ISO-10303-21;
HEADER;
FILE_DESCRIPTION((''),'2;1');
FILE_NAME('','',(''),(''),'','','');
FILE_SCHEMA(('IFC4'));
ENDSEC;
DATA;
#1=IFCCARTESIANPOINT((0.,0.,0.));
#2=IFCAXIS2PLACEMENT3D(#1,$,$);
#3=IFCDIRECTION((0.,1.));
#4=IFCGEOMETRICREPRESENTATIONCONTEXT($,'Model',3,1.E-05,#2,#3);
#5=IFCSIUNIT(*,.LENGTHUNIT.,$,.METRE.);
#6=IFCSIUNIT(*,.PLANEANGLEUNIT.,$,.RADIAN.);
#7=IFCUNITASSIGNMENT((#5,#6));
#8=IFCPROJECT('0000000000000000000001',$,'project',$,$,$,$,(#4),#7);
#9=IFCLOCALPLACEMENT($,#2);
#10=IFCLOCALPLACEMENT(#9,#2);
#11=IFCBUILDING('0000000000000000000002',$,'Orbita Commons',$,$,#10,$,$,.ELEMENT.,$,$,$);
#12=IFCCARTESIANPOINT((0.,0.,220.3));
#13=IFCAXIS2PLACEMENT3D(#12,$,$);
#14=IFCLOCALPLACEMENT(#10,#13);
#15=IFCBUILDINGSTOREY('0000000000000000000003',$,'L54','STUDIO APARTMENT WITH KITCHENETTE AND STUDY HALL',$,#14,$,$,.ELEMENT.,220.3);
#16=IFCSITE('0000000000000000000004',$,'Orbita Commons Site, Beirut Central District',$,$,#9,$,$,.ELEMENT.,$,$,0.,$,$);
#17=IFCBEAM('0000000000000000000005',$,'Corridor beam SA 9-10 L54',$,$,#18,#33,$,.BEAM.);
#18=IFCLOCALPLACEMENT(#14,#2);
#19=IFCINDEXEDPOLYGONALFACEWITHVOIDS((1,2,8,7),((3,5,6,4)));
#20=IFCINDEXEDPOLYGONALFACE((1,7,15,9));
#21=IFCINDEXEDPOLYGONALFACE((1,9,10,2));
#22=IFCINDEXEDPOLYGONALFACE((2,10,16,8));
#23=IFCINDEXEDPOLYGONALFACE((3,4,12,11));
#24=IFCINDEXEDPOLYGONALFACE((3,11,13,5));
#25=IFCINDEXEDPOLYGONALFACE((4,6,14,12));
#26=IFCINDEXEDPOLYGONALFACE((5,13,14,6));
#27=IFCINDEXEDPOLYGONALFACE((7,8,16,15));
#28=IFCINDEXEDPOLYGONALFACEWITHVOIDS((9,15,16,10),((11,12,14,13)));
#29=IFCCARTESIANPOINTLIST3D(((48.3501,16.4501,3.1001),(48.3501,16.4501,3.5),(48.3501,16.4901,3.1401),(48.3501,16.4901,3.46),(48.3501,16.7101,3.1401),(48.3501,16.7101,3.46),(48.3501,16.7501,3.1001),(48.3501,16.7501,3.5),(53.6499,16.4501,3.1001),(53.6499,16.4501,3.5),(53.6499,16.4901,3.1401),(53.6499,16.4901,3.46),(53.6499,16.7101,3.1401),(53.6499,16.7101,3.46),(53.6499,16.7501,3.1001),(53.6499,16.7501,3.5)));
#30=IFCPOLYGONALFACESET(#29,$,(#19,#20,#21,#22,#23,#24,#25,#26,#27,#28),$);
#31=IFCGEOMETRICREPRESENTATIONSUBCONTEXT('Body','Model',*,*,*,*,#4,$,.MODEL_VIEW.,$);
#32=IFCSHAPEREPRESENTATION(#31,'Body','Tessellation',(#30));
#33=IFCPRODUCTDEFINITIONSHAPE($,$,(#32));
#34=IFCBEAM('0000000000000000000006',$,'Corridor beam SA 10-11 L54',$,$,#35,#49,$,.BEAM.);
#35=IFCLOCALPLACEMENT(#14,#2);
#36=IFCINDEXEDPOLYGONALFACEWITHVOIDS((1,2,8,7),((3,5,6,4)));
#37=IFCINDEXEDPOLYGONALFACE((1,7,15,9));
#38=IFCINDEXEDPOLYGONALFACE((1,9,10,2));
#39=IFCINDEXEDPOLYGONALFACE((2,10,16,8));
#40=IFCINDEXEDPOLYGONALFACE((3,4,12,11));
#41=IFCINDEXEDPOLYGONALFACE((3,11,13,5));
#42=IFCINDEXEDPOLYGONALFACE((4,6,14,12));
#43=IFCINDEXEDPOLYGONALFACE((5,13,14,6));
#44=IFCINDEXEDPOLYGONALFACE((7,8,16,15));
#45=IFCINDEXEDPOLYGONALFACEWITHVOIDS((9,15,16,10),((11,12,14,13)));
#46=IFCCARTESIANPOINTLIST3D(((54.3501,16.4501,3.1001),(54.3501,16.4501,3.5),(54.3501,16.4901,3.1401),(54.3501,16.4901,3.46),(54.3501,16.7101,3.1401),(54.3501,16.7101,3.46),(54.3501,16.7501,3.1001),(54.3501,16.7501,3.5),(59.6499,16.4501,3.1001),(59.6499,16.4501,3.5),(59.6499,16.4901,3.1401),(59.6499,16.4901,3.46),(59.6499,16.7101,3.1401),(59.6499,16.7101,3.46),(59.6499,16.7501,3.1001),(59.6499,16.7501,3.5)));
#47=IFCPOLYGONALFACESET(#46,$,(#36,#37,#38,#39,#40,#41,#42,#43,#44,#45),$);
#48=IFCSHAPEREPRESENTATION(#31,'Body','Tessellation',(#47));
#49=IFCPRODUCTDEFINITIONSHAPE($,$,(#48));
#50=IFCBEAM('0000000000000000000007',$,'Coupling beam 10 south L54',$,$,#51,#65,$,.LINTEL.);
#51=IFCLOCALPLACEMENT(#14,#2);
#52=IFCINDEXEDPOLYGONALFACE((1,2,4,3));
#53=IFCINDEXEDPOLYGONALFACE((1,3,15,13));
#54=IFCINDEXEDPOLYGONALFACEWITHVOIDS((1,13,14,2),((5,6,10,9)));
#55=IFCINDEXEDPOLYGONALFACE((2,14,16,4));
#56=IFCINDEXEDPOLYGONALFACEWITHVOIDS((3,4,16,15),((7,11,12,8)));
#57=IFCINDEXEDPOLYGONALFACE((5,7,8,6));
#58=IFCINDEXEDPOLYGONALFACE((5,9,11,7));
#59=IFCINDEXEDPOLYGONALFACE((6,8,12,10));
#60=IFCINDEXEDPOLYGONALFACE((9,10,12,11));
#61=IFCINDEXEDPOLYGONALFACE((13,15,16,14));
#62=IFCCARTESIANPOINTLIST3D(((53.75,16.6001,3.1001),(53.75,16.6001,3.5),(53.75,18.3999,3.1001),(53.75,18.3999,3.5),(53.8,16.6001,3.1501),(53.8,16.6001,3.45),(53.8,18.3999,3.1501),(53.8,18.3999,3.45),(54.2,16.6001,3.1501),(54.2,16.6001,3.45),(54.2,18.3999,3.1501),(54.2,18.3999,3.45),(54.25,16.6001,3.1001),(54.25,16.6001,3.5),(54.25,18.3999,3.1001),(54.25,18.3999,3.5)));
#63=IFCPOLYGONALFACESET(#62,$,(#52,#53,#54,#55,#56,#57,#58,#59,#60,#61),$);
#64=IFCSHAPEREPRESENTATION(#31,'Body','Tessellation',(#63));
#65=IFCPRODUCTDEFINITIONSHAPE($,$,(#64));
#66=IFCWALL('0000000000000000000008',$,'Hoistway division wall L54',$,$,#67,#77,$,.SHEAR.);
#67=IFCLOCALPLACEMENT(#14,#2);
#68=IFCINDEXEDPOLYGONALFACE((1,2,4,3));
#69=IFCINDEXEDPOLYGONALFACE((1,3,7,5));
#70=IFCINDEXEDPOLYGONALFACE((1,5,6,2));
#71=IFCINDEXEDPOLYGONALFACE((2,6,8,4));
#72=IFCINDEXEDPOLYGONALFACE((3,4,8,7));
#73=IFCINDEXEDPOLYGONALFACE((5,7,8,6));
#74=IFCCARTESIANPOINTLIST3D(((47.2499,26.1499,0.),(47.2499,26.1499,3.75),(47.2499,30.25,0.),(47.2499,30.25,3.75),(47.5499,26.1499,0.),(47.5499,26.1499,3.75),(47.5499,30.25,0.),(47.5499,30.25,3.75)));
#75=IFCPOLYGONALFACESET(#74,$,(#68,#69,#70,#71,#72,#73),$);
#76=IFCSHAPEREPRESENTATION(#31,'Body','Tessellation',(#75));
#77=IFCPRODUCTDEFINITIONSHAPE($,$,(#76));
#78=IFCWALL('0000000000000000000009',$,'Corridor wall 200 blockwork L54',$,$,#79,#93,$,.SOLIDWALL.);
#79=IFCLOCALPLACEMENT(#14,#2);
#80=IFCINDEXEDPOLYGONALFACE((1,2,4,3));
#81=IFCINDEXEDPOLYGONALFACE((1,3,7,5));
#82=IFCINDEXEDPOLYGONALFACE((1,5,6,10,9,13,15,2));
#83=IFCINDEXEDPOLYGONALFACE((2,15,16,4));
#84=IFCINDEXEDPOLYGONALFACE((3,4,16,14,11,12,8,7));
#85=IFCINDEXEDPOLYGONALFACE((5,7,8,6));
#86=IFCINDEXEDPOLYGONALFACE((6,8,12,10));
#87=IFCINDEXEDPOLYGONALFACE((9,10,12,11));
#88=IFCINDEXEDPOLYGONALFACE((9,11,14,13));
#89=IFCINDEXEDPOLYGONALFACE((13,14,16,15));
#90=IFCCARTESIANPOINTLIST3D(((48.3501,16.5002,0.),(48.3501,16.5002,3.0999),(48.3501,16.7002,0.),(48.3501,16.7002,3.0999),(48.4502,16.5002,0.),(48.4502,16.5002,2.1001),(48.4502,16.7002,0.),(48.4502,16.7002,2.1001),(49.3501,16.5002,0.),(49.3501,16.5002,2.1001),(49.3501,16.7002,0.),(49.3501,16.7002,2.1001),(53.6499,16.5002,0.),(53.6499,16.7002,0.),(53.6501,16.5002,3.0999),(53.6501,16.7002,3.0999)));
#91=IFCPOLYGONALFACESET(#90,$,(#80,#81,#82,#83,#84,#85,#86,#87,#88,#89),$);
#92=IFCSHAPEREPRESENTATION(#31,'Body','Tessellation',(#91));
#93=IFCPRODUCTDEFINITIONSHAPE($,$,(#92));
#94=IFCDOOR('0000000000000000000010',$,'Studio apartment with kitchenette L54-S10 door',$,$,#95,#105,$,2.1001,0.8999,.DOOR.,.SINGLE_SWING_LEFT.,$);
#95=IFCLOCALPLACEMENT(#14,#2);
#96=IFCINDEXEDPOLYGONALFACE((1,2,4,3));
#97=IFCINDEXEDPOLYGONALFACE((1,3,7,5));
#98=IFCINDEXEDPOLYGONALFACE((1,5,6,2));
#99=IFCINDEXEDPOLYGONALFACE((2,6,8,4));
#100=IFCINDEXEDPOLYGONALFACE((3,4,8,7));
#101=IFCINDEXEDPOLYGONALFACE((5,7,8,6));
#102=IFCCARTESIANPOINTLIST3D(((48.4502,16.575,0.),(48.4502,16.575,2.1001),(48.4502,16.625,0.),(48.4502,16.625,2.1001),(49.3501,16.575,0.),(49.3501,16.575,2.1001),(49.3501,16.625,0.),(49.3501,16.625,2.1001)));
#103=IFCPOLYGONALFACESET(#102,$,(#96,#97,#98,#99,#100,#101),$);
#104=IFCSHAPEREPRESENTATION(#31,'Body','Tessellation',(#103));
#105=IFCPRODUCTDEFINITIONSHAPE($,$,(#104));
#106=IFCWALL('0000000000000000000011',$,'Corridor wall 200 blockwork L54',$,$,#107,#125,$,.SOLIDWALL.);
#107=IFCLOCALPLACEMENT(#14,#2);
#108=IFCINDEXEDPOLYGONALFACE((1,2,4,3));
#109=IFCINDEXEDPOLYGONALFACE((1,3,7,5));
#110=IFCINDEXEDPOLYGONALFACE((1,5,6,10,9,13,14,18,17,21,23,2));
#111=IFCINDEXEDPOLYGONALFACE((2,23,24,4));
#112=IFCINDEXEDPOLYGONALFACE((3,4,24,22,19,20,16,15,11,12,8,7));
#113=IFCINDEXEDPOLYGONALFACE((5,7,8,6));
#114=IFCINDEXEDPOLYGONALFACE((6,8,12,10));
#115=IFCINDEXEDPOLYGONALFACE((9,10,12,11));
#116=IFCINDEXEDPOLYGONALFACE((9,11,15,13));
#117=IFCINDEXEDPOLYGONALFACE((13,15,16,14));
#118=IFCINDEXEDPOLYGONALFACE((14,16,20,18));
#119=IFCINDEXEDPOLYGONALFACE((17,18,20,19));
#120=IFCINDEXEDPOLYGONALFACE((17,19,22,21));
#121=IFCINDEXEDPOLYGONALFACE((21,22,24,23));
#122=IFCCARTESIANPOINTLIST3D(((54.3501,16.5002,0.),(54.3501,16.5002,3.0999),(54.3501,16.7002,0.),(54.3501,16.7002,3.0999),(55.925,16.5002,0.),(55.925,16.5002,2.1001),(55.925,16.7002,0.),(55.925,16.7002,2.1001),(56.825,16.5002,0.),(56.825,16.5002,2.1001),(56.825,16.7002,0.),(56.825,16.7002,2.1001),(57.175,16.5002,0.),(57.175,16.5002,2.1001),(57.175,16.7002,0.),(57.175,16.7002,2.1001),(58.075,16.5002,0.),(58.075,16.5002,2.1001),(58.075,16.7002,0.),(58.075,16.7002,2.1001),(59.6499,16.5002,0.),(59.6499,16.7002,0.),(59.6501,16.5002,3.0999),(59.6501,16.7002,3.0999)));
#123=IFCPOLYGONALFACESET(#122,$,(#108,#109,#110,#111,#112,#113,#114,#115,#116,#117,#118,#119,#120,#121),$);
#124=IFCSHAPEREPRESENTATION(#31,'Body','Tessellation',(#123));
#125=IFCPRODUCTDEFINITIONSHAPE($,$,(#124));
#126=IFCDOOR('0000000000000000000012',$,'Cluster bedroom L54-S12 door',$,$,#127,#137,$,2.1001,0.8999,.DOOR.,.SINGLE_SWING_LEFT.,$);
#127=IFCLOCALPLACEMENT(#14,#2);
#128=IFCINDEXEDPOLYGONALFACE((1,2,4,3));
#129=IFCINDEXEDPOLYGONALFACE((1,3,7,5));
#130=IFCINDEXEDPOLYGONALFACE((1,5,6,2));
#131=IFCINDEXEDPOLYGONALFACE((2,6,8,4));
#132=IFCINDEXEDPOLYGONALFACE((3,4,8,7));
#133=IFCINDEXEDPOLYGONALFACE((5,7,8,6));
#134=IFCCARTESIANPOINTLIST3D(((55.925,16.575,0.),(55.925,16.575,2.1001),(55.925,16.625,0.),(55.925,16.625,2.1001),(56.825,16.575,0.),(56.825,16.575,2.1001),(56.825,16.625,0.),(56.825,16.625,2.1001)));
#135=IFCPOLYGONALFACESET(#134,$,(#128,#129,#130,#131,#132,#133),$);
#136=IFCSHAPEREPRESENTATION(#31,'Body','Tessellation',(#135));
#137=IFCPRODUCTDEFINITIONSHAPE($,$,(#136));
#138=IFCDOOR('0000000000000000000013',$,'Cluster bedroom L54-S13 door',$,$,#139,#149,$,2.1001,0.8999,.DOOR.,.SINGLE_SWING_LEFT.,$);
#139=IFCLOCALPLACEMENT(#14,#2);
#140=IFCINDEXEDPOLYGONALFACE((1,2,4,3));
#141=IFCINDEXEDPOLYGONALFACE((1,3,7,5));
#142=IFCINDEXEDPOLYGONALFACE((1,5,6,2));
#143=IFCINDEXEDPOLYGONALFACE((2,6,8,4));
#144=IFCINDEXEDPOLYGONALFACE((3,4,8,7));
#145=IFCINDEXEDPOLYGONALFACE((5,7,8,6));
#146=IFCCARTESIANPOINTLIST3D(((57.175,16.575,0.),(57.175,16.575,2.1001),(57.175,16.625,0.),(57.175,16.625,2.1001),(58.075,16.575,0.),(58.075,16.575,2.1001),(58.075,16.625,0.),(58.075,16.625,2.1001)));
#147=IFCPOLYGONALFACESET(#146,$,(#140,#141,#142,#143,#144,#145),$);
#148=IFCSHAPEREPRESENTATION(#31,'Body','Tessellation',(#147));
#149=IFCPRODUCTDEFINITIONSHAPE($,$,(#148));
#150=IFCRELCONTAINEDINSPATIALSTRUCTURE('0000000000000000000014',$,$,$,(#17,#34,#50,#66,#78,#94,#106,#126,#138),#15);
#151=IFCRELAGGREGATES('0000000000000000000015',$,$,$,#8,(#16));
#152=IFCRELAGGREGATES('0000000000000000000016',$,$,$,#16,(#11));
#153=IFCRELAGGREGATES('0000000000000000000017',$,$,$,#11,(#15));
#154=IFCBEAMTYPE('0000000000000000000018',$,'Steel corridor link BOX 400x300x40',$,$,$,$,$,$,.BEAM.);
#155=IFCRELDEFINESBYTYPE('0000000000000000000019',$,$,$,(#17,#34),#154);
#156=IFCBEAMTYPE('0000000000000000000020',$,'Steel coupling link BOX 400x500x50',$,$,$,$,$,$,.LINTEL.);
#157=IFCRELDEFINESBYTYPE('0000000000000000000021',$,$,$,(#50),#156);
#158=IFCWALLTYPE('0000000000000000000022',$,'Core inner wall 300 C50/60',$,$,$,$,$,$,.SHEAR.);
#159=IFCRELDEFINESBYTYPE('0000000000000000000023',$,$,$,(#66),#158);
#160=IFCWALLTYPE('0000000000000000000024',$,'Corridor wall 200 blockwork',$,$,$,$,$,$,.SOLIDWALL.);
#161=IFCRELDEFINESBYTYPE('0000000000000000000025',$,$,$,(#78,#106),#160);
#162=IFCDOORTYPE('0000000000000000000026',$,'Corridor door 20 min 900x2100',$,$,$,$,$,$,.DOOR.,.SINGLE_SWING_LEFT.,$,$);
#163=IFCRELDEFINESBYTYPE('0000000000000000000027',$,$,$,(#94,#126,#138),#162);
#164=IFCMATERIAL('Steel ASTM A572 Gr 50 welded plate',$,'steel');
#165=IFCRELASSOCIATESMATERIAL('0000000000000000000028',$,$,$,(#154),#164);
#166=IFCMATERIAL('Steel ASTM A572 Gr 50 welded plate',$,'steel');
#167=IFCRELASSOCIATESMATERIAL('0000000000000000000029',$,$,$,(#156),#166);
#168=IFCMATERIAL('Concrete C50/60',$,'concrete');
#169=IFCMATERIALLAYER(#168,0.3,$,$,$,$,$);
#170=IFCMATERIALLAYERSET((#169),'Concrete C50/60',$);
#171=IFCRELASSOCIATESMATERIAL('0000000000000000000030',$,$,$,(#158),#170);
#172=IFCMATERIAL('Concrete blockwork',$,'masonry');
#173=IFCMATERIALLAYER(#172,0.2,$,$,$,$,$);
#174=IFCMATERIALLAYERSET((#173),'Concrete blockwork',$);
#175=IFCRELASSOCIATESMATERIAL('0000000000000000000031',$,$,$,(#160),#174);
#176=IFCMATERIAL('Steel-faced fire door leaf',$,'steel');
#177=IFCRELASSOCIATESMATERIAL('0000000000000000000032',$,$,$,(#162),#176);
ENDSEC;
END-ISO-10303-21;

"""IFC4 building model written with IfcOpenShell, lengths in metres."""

from ifc_helpers import new_model, si_unit, direction, frame, frame_2d, origin, origin_2d, place, context, subcontext, project, spatial, polyline, rectangle, hollow_rectangle, outline, extrude, material, layer, layer_set, material_profile, profile_set, type_object, element, fill, save


model = new_model("IFC4")

# Units and contexts
model_context = context("Model", 3, precision=1e-05, world=origin(), true_north=direction((0.0, 1.0)))
body_context = subcontext(model_context, "Body", "Model", "MODEL_VIEW")
ifc_project = project(units=[si_unit("LENGTHUNIT", "METRE"), si_unit("PLANEANGLEUNIT", "RADIAN")], contexts=[model_context])

# Site, building, storey
site_placement = place(None, origin())
site = spatial("IfcSite", under=ifc_project, at=site_placement, Name="Orbita Commons Site, Beirut Central District", CompositionType="ELEMENT", RefElevation=0.0)
building_placement = place(site_placement, origin())
building = spatial("IfcBuilding", under=site, at=building_placement, Name="Orbita Commons", CompositionType="ELEMENT")
storey_placement = place(building_placement, frame((0.0, 0.0, 220.3)))
storey = spatial("IfcBuildingStorey", under=building, at=storey_placement, Name="L54", Description="STUDIO APARTMENT WITH KITCHENETTE AND STUDY HALL", CompositionType="ELEMENT", Elevation=220.3)

# Beams
ifc_material_1 = material(Name="Steel ASTM A572 Gr 50 welded plate", Category="steel")
ifc_material_profile_1 = material_profile(ifc_material_1, hollow_rectangle(XDim=0.3, YDim=0.3999, WallThickness=0.04, at=origin_2d()), Name="BOX 400x300x40")
ifc_profile_set_1 = profile_set([ifc_material_profile_1], Name="Steel ASTM A572 Gr 50 welded plate")
beam_type_1 = type_object("IfcBeamType", Name="Steel corridor link BOX 400x300x40", PredefinedType="BEAM", material=ifc_profile_set_1)
for number, where, z_axis, x_axis, name in (
    (1, (48.3501, 16.6001, 3.3), (1.0, 0.0, 0.0), (0.0, 1.0, 0.0), "Corridor beam SA 9-10 L54"),
    (2, (54.3501, 16.6001, 3.3), (1.0, 0.0, 0.0), (0.0, 1.0, 0.0), "Corridor beam SA 10-11 L54"),
):
    element("IfcBeam", number, at=place(storey_placement, frame(where, z_axis=z_axis, x_axis=x_axis)), inside=storey, type_object=beam_type_1, Name=name, PredefinedType="BEAM", context=body_context, shape_type="SweptSolid", body=[
        extrude(hollow_rectangle(XDim=0.3, YDim=0.3999, WallThickness=0.04, at=origin_2d()), origin(), (0.0, 0.0, 1.0), 5.2998),
    ])
ifc_material_2 = material(Name="Steel ASTM A572 Gr 50 welded plate", Category="steel")
ifc_material_profile_2 = material_profile(ifc_material_2, hollow_rectangle(XDim=0.5, YDim=0.3999, WallThickness=0.05, at=origin_2d()), Name="BOX 400x500x50")
ifc_profile_set_2 = profile_set([ifc_material_profile_2], Name="Steel ASTM A572 Gr 50 welded plate")
beam_type_2 = type_object("IfcBeamType", Name="Steel coupling link BOX 400x500x50", PredefinedType="LINTEL", material=ifc_profile_set_2)
beam_placement = place(storey_placement, frame((54.0, 16.6001, 3.3), z_axis=(0.0, 1.0, 0.0), x_axis=(-1.0, 0.0, 0.0)))
element("IfcBeam", 3, at=beam_placement, inside=storey, type_object=beam_type_2, Name="Coupling beam 10 south L54", PredefinedType="LINTEL", context=body_context, shape_type="SweptSolid", body=[
    extrude(hollow_rectangle(XDim=0.5, YDim=0.3999, WallThickness=0.05, at=origin_2d()), origin(), (0.0, 0.0, 1.0), 1.7998),
])

# Wall
ifc_material_3 = material(Name="Concrete C50/60", Category="concrete")
ifc_layer_1 = layer(ifc_material_3, 0.3)
ifc_layer_set_1 = layer_set([ifc_layer_1], Name="Concrete C50/60")
wall_type_1 = type_object("IfcWallType", Name="Core inner wall 300 C50/60", PredefinedType="SHEAR", material=ifc_layer_set_1)
wall_1_placement = place(storey_placement, frame((47.3999, 26.1499, 0.0), z_axis=(0.0, 0.0, 1.0), x_axis=(0.0, 1.0, 0.0)))
element("IfcWall", 4, at=wall_1_placement, inside=storey, type_object=wall_type_1, Name="Hoistway division wall L54", PredefinedType="SHEAR", context=body_context, shape_type="SweptSolid", body=[
    extrude(rectangle(XDim=4.1001, YDim=0.3, at=frame_2d((2.05, 0.0))), origin(), (0.0, 0.0, 1.0), 3.75),
])

# Wall, opening, door
ifc_material_4 = material(Name="Concrete blockwork", Category="masonry")
ifc_layer_2 = layer(ifc_material_4, 0.2)
ifc_layer_set_2 = layer_set([ifc_layer_2], Name="Concrete blockwork")
wall_type_2 = type_object("IfcWallType", Name="Corridor wall 200 blockwork", PredefinedType="SOLIDWALL", material=ifc_layer_set_2)
wall_2_placement = place(storey_placement, frame((48.3501, 16.6001, 0.0), z_axis=(0.0, 0.0, 1.0), x_axis=(1.0, 0.0, 0.0)))
wall_2 = element("IfcWall", 5, at=wall_2_placement, inside=storey, type_object=wall_type_2, Name="Corridor wall 200 blockwork L54", PredefinedType="SOLIDWALL", context=body_context, shape_type="SweptSolid", body=[
    extrude(outline(polyline([(0.0, 0.0), (5.2998, 0.0), (5.3, 3.0999), (0.0, 3.0999), (0.0, 0.0)])), frame((0.0, 0.1001, 0.0), z_axis=(0.0, -1.0, 0.0), x_axis=(1.0, 0.0, 0.0)), (0.0, 0.0, 1.0), 0.2),
])
opening_1_placement = place(wall_2_placement, frame((0.1001, 0.0, 0.0)))
opening_1 = element("IfcOpeningElement", 6, at=opening_1_placement, cuts=wall_2, PredefinedType="OPENING", context=body_context, shape_type="SweptSolid", body=[
    extrude(rectangle(XDim=0.8999, YDim=2.1001, at=frame_2d((0.45, 1.05))), frame((0.0, 0.1099, 0.0), z_axis=(0.0, -1.0, 0.0), x_axis=(1.0, 0.0, 0.0)), (0.0, 0.0, 1.0), 0.22),
])
ifc_material_5 = material(Name="Steel-faced fire door leaf", Category="steel")
door_type_1 = type_object("IfcDoorType", Name="Corridor door 20 min 900x2100", OperationType="SINGLE_SWING_LEFT", PredefinedType="DOOR", material=ifc_material_5)
door_1_placement = place(opening_1_placement, origin())
door_1 = element("IfcDoor", 7, at=door_1_placement, inside=storey, type_object=door_type_1, Name="Studio apartment with kitchenette L54-S10 door", OperationType="SINGLE_SWING_LEFT", OverallHeight=2.1001, OverallWidth=0.8999, PredefinedType="DOOR", context=body_context, shape_type="SweptSolid", body=[
    extrude(rectangle(XDim=0.8999, YDim=2.1001, at=frame_2d((0.45, 1.05))), frame((0.0, 0.0249, 0.0), z_axis=(0.0, -1.0, 0.0), x_axis=(1.0, 0.0, 0.0)), (0.0, 0.0, 1.0), 0.05),
])
fill(opening_1, door_1)

# Wall, openings, doors
wall_3_placement = place(storey_placement, frame((54.3501, 16.6001, 0.0), z_axis=(0.0, 0.0, 1.0), x_axis=(1.0, 0.0, 0.0)))
wall_3 = element("IfcWall", 8, at=wall_3_placement, inside=storey, type_object=wall_type_2, Name="Corridor wall 200 blockwork L54", PredefinedType="SOLIDWALL", context=body_context, shape_type="SweptSolid", body=[
    extrude(outline(polyline([(0.0, 0.0), (5.2998, 0.0), (5.3, 3.0999), (0.0, 3.0999), (0.0, 0.0)])), frame((0.0, 0.1001, 0.0), z_axis=(0.0, -1.0, 0.0), x_axis=(1.0, 0.0, 0.0)), (0.0, 0.0, 1.0), 0.2),
])
opening_2_placement = place(wall_3_placement, frame((1.575, 0.0, 0.0)))
opening_2 = element("IfcOpeningElement", 9, at=opening_2_placement, cuts=wall_3, PredefinedType="OPENING", context=body_context, shape_type="SweptSolid", body=[
    extrude(rectangle(XDim=0.8999, YDim=2.1001, at=frame_2d((0.45, 1.05))), frame((0.0, 0.1099, 0.0), z_axis=(0.0, -1.0, 0.0), x_axis=(1.0, 0.0, 0.0)), (0.0, 0.0, 1.0), 0.22),
])
opening_3_placement = place(wall_3_placement, frame((2.825, 0.0, 0.0)))
opening_3 = element("IfcOpeningElement", 10, at=opening_3_placement, cuts=wall_3, PredefinedType="OPENING", context=body_context, shape_type="SweptSolid", body=[
    extrude(rectangle(XDim=0.8999, YDim=2.1001, at=frame_2d((0.45, 1.05))), frame((0.0, 0.1099, 0.0), z_axis=(0.0, -1.0, 0.0), x_axis=(1.0, 0.0, 0.0)), (0.0, 0.0, 1.0), 0.22),
])
door_2_placement = place(opening_2_placement, origin())
door_2 = element("IfcDoor", 11, at=door_2_placement, inside=storey, type_object=door_type_1, Name="Cluster bedroom L54-S12 door", OperationType="SINGLE_SWING_LEFT", OverallHeight=2.1001, OverallWidth=0.8999, PredefinedType="DOOR", context=body_context, shape_type="SweptSolid", body=[
    extrude(rectangle(XDim=0.8999, YDim=2.1001, at=frame_2d((0.45, 1.05))), frame((0.0, 0.0249, 0.0), z_axis=(0.0, -1.0, 0.0), x_axis=(1.0, 0.0, 0.0)), (0.0, 0.0, 1.0), 0.05),
])
fill(opening_2, door_2)
door_3_placement = place(opening_3_placement, origin())
door_3 = element("IfcDoor", 12, at=door_3_placement, inside=storey, type_object=door_type_1, Name="Cluster bedroom L54-S13 door", OperationType="SINGLE_SWING_LEFT", OverallHeight=2.1001, OverallWidth=0.8999, PredefinedType="DOOR", context=body_context, shape_type="SweptSolid", body=[
    extrude(rectangle(XDim=0.8999, YDim=2.1001, at=frame_2d((0.45, 1.05))), frame((0.0, 0.0249, 0.0), z_axis=(0.0, -1.0, 0.0), x_axis=(1.0, 0.0, 0.0)), (0.0, 0.0, 1.0), 0.05),
])
fill(opening_3, door_3)

save(model, "model.ifc")
